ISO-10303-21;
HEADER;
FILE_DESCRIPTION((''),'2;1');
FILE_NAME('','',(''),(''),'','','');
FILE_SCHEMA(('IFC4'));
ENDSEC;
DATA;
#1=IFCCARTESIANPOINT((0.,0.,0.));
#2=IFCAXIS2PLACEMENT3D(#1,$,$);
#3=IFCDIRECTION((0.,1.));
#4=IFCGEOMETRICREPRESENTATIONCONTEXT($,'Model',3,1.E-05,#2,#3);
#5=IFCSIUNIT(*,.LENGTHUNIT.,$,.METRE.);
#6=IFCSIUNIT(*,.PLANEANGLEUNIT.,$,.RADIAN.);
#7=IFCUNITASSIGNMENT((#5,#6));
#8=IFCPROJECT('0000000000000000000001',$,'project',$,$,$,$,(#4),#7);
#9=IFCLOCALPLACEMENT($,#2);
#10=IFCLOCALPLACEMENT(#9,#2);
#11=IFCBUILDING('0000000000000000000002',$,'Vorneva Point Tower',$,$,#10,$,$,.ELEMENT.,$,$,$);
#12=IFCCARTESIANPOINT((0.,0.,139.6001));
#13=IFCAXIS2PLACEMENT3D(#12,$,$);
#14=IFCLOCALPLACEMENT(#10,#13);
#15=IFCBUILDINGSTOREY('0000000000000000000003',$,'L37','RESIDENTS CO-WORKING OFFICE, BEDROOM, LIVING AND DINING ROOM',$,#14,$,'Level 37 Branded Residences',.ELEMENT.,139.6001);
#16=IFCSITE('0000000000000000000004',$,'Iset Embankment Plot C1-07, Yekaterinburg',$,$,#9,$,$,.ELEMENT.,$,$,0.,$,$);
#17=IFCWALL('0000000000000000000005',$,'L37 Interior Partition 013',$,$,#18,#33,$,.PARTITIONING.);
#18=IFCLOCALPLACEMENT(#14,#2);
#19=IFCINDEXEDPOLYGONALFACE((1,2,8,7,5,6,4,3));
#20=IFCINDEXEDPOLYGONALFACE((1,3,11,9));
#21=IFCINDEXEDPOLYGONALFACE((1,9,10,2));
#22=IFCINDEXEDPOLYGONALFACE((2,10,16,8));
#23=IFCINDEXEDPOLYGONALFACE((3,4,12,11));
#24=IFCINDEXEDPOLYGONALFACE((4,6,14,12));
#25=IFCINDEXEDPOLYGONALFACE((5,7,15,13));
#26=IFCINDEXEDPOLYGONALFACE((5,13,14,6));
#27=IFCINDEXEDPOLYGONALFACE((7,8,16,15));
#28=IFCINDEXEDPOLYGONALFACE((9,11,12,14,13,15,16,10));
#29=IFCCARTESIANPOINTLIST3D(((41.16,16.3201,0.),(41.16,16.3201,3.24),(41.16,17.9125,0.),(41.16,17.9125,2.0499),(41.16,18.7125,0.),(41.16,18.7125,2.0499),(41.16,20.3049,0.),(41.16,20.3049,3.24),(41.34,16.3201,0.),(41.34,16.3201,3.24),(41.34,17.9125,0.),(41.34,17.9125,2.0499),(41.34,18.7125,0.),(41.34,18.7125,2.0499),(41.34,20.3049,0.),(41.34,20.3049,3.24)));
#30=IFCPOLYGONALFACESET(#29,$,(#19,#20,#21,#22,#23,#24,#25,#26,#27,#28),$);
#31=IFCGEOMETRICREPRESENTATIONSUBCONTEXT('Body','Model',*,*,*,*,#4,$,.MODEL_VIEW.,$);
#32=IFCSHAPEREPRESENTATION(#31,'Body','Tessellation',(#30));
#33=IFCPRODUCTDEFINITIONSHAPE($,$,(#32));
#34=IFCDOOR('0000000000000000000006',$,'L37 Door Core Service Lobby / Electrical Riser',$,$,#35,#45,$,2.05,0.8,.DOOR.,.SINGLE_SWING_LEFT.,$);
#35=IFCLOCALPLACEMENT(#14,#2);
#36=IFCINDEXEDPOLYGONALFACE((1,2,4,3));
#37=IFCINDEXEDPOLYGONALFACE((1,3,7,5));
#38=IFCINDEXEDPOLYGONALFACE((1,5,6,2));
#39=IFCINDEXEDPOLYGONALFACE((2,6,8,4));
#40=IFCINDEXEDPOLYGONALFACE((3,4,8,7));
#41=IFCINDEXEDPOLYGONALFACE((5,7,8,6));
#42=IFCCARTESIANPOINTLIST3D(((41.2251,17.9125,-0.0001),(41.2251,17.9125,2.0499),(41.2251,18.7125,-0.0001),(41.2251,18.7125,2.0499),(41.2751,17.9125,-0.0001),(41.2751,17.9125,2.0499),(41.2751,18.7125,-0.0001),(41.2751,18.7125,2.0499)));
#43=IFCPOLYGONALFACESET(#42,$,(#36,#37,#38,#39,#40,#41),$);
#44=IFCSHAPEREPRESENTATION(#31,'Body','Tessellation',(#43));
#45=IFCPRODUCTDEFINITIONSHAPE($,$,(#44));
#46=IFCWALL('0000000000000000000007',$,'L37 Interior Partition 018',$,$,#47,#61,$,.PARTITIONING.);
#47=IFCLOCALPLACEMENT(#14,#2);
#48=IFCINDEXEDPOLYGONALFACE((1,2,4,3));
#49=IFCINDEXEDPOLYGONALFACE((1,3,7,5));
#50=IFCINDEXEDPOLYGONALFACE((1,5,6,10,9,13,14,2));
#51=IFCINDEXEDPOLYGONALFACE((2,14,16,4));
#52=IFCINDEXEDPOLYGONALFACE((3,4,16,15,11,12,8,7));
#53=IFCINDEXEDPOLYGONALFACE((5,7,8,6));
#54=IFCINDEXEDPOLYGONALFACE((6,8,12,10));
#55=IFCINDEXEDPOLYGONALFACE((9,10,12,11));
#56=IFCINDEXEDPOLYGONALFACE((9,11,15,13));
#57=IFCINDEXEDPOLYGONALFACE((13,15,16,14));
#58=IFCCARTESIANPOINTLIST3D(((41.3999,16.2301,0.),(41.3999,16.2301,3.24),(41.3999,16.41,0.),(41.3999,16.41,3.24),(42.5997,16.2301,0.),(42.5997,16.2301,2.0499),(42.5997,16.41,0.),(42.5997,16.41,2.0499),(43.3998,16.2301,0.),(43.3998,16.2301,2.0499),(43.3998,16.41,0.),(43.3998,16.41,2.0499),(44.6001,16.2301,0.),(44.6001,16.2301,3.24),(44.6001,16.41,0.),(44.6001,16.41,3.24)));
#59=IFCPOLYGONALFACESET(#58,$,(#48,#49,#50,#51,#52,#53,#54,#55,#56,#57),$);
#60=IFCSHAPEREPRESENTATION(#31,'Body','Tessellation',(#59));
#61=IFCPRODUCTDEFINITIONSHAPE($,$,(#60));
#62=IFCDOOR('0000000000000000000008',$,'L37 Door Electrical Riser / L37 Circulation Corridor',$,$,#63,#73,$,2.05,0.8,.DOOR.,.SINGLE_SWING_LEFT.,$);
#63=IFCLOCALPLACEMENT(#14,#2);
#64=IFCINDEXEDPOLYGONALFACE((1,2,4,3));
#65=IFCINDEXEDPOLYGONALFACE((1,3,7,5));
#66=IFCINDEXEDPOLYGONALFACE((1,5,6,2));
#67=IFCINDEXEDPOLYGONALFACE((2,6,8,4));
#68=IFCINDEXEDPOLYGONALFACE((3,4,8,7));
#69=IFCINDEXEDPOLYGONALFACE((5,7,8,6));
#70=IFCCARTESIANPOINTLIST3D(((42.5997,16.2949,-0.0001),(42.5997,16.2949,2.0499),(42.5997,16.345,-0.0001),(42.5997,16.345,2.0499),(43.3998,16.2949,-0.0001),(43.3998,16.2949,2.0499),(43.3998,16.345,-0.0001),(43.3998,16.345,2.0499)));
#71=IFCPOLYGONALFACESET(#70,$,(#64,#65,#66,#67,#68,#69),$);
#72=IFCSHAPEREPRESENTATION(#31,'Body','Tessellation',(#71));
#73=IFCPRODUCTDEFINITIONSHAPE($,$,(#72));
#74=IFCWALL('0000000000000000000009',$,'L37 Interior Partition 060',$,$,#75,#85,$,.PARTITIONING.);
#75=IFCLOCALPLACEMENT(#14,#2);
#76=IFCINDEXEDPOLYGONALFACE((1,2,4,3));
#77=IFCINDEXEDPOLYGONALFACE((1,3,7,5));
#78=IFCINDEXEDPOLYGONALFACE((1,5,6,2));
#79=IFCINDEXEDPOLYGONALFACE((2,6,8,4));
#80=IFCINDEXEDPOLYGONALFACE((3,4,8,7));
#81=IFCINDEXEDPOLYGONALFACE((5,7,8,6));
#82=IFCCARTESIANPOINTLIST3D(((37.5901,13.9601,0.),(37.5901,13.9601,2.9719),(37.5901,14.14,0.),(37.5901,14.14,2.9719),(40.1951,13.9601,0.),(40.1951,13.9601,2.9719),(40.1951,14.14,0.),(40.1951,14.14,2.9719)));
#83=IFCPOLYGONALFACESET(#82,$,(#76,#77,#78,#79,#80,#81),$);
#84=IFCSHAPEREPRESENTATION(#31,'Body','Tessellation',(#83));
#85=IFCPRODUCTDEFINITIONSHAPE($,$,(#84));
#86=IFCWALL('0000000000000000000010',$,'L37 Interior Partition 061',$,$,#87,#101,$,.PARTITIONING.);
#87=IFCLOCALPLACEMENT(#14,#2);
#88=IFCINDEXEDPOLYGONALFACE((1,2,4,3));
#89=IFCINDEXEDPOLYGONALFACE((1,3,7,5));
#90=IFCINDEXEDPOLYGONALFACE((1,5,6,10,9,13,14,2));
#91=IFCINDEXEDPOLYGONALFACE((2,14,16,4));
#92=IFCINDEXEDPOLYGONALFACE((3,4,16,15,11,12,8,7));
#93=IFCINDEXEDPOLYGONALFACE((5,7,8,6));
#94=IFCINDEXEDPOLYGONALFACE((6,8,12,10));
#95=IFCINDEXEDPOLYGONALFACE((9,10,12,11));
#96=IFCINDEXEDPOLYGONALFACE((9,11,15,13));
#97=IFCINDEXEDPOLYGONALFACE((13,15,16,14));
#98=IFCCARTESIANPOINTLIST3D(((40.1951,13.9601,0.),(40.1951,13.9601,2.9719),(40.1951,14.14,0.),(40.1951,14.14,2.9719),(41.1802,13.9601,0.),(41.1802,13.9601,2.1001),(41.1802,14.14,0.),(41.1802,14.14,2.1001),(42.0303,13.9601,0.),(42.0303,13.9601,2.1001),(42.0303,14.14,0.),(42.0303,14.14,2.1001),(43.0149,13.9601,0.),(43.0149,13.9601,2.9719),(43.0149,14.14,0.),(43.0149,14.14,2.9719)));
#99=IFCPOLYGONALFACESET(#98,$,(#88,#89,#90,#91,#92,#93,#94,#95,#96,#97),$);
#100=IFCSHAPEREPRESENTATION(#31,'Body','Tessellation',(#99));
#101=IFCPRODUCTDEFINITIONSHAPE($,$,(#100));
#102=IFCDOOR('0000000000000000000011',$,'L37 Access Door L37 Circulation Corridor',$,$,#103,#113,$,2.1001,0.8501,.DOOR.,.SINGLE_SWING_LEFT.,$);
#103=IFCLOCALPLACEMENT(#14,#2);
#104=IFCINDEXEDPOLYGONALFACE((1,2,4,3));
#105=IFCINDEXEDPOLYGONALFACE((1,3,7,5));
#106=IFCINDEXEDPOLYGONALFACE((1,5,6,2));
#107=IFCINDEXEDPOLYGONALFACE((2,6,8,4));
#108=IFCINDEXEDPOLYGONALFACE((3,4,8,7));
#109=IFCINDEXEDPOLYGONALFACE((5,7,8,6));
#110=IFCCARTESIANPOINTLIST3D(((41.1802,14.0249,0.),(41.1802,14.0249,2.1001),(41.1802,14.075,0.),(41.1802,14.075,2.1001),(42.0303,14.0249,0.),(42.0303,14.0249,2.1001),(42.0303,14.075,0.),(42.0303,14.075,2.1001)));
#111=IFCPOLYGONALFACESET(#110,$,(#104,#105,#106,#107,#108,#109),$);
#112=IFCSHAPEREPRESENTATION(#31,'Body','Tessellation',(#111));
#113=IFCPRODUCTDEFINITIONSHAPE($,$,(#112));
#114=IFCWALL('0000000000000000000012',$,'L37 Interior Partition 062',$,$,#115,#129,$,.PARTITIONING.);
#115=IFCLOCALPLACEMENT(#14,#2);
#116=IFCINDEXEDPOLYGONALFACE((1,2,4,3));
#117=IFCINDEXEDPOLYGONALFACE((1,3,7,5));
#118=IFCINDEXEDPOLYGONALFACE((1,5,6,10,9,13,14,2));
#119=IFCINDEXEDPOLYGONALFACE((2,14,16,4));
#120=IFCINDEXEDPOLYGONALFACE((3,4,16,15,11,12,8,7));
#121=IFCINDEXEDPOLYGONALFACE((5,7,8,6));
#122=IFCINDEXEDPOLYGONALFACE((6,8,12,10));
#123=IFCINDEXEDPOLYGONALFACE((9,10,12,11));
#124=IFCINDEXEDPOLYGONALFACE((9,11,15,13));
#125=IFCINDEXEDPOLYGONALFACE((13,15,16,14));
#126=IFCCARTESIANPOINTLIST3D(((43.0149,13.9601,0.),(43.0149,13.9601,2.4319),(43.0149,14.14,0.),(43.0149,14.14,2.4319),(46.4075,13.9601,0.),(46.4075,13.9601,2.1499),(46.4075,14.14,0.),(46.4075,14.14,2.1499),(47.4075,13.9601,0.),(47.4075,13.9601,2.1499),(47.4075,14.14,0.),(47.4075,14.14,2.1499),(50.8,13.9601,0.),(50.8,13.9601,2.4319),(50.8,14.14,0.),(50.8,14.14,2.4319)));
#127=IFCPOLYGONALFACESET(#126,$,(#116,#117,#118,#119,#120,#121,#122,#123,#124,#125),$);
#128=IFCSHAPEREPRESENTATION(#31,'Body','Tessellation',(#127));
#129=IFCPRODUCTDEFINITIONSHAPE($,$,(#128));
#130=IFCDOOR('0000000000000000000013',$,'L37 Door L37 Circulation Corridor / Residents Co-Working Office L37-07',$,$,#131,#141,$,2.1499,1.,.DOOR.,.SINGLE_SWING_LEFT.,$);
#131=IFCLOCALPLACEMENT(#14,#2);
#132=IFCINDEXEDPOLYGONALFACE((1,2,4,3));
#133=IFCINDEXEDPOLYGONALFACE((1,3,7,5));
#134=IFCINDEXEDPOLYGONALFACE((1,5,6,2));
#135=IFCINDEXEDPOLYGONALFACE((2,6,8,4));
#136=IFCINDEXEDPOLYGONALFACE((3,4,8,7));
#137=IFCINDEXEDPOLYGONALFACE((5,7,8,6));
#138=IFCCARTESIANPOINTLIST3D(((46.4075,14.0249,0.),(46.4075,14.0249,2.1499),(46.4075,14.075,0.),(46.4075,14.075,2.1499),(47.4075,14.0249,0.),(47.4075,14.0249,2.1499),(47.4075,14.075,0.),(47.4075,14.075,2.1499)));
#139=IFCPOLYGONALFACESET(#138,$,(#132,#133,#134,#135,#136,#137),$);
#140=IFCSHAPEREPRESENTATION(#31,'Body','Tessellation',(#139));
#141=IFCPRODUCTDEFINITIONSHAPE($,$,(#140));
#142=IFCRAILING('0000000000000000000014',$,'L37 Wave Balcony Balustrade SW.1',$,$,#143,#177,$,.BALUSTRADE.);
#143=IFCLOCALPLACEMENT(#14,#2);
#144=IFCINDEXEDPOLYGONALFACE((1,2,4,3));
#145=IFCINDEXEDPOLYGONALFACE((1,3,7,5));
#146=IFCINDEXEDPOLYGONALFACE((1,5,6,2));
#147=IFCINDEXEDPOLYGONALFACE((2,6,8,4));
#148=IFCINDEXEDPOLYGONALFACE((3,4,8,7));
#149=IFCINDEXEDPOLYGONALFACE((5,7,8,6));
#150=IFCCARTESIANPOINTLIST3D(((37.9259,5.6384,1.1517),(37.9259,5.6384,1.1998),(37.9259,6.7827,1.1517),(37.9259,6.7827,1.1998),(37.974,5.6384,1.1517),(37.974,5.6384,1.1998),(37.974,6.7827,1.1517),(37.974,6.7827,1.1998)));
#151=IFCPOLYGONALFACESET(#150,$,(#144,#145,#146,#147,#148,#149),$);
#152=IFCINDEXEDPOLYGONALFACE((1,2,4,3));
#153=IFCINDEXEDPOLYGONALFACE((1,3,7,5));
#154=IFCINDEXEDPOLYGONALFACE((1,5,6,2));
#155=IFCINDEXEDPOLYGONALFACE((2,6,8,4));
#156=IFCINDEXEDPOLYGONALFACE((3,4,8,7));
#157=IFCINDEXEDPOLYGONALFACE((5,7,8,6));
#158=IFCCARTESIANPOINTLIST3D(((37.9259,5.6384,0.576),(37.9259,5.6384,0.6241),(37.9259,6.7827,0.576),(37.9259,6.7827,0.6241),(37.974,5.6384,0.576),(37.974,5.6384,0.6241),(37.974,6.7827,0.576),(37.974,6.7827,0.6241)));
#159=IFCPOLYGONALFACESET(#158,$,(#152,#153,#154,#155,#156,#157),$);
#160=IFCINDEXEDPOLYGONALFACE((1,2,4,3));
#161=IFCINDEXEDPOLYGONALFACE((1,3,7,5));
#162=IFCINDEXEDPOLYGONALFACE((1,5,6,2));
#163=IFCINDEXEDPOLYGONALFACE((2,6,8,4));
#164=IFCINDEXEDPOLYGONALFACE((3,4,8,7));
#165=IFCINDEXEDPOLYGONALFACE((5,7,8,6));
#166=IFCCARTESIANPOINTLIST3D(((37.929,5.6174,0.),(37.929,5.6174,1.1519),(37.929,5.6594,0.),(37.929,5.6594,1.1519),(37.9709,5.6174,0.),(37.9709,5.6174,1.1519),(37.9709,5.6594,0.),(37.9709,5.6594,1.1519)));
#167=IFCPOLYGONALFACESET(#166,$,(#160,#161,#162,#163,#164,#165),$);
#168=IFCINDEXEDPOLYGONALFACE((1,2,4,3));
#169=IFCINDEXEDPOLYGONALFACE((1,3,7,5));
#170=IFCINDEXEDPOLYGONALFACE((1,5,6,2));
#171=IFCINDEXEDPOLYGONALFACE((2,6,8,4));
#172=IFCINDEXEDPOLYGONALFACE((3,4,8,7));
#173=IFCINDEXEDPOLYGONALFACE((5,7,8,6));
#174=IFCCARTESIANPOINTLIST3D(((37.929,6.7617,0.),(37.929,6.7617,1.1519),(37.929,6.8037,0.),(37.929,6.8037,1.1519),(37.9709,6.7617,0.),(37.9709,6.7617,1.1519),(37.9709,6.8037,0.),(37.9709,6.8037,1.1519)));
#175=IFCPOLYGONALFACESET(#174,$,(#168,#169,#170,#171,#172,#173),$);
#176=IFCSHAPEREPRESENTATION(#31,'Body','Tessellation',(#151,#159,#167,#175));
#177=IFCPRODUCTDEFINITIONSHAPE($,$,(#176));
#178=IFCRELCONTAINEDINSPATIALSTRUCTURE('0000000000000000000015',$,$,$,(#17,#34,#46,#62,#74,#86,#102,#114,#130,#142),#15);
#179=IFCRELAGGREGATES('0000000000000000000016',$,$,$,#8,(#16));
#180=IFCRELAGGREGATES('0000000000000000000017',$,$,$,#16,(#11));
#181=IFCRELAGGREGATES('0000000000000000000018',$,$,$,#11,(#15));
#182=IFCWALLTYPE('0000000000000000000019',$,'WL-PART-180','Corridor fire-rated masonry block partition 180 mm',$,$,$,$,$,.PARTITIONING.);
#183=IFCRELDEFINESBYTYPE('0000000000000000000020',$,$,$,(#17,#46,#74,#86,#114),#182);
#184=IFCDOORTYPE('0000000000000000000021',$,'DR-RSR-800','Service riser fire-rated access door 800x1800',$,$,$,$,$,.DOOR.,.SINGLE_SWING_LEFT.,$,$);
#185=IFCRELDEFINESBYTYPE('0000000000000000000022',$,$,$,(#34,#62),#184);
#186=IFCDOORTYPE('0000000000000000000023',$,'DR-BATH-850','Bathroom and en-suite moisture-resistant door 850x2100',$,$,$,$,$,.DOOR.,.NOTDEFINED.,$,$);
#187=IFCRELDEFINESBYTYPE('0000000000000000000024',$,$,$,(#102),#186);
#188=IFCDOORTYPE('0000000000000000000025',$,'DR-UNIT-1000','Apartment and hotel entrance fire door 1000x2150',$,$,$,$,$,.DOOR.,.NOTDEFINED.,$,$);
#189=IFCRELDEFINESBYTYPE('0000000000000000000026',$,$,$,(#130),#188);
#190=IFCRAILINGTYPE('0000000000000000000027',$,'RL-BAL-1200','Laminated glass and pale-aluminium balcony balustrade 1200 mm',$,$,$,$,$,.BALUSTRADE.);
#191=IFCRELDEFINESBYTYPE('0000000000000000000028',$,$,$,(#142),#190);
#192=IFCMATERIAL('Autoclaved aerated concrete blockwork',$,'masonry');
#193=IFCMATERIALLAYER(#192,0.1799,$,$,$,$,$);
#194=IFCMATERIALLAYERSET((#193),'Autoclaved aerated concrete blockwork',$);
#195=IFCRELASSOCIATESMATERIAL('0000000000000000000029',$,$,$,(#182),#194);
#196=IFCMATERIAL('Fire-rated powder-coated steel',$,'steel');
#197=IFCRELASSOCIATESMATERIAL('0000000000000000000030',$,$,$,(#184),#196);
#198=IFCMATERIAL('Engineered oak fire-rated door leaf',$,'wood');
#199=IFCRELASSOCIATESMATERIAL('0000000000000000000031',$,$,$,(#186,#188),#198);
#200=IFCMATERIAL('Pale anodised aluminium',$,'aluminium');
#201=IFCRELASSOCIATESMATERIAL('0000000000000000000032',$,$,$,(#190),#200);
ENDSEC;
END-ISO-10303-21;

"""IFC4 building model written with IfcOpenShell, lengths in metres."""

from ifc_helpers import new_model, si_unit, direction, frame, frame_2d, origin, origin_2d, place, context, subcontext, project, spatial, rectangle, extrude, material, layer, layer_set, type_object, element, fill, save


model = new_model("IFC4")

# Units and contexts
model_context = context("Model", 3, precision=1e-05, world=origin(), true_north=direction((0.0, 1.0)))
body_context = subcontext(model_context, "Body", "Model", "MODEL_VIEW")
ifc_project = project(units=[si_unit("LENGTHUNIT", "METRE"), si_unit("PLANEANGLEUNIT", "RADIAN")], contexts=[model_context])

# Site, building, storey
site_placement = place(None, origin())
site = spatial("IfcSite", under=ifc_project, at=site_placement, Name="Iset Embankment Plot C1-07, Yekaterinburg", CompositionType="ELEMENT", RefElevation=0.0)
building_placement = place(site_placement, origin())
building = spatial("IfcBuilding", under=site, at=building_placement, Name="Vorneva Point Tower", CompositionType="ELEMENT")
storey_placement = place(building_placement, frame((0.0, 0.0, 139.6001)))
storey = spatial("IfcBuildingStorey", under=building, at=storey_placement, Name="L37", Description="RESIDENTS CO-WORKING OFFICE, BEDROOM, LIVING AND DINING ROOM", LongName="Level 37 Branded Residences", CompositionType="ELEMENT", Elevation=139.6001)

# Shared definitions
ifc_material_1 = material(Name="Pale anodised aluminium", Category="aluminium")

# Shared definitions
ifc_material_2 = material(Name="Engineered oak fire-rated door leaf", Category="wood")

# Walls, openings, doors
ifc_material_3 = material(Name="Autoclaved aerated concrete blockwork", Category="masonry")
ifc_layer_1 = layer(ifc_material_3, 0.1799)
ifc_layer_set_1 = layer_set([ifc_layer_1], Name="Autoclaved aerated concrete blockwork")
wall_type_1 = type_object("IfcWallType", Name="WL-PART-180", Description="Corridor fire-rated masonry block partition 180 mm", PredefinedType="PARTITIONING", material=ifc_layer_set_1)
wall_1_placement = place(storey_placement, frame((41.25, 16.3201, 0.0), z_axis=(0.0, 0.0, 1.0), x_axis=(0.0, 1.0, 0.0)))
wall_1 = element("IfcWall", 1, at=wall_1_placement, inside=storey, type_object=wall_type_1, Name="L37 Interior Partition 013", PredefinedType="PARTITIONING", context=body_context, shape_type="SweptSolid", body=[
    extrude(rectangle(XDim=3.9849, YDim=0.1799, at=frame_2d((1.9924, 0.0))), origin(), (0.0, 0.0, 1.0), 3.24),
])
opening_1_placement = place(wall_1_placement, frame((1.5925, 0.0, 0.0)))
opening_1 = element("IfcOpeningElement", 2, at=opening_1_placement, cuts=wall_1, PredefinedType="OPENING", context=body_context, shape_type="SweptSolid", body=[
    extrude(rectangle(XDim=0.8, YDim=2.05, at=frame_2d((0.3999, 1.0249))), frame((0.0, 0.105, 0.0), z_axis=(0.0, -1.0, 0.0), x_axis=(1.0, 0.0, 0.0)), (0.0, 0.0, 1.0), 0.2097),
])
ifc_material_4 = material(Name="Fire-rated powder-coated steel", Category="steel")
door_type_1 = type_object("IfcDoorType", Name="DR-RSR-800", Description="Service riser fire-rated access door 800x1800", OperationType="SINGLE_SWING_LEFT", PredefinedType="DOOR", material=ifc_material_4)
door_1_placement = place(opening_1_placement, origin())
door_1 = element("IfcDoor", 3, at=door_1_placement, inside=storey, type_object=door_type_1, Name="L37 Door Core Service Lobby / Electrical Riser", OperationType="SINGLE_SWING_LEFT", OverallHeight=2.05, OverallWidth=0.8, PredefinedType="DOOR", context=body_context, shape_type="SweptSolid", body=[
    extrude(rectangle(XDim=0.8, YDim=2.05, at=frame_2d((0.3999, 1.0249))), frame((0.0, 0.0249, 0.0), z_axis=(0.0, -1.0, 0.0), x_axis=(1.0, 0.0, 0.0)), (0.0, 0.0, 1.0), 0.05),
])
fill(opening_1, door_1)
wall_2_placement = place(storey_placement, frame((41.3999, 16.3201, 0.0), z_axis=(0.0, 0.0, 1.0), x_axis=(1.0, 0.0, 0.0)))
wall_2 = element("IfcWall", 4, at=wall_2_placement, inside=storey, type_object=wall_type_1, Name="L37 Interior Partition 018", PredefinedType="PARTITIONING", context=body_context, shape_type="SweptSolid", body=[
    extrude(rectangle(XDim=3.2002, YDim=0.1799, at=frame_2d((1.6001, 0.0))), origin(), (0.0, 0.0, 1.0), 3.24),
])
opening_2_placement = place(wall_2_placement, frame((1.2, 0.0, 0.0)))
opening_2 = element("IfcOpeningElement", 5, at=opening_2_placement, cuts=wall_2, PredefinedType="OPENING", context=body_context, shape_type="SweptSolid", body=[
    extrude(rectangle(XDim=0.8, YDim=2.05, at=frame_2d((0.3999, 1.0249))), frame((0.0, 0.105, 0.0), z_axis=(0.0, -1.0, 0.0), x_axis=(1.0, 0.0, 0.0)), (0.0, 0.0, 1.0), 0.2097),
])
door_2_placement = place(opening_2_placement, origin())
door_2 = element("IfcDoor", 6, at=door_2_placement, inside=storey, type_object=door_type_1, Name="L37 Door Electrical Riser / L37 Circulation Corridor", OperationType="SINGLE_SWING_LEFT", OverallHeight=2.05, OverallWidth=0.8, PredefinedType="DOOR", context=body_context, shape_type="SweptSolid", body=[
    extrude(rectangle(XDim=0.8, YDim=2.05, at=frame_2d((0.3999, 1.0249))), frame((0.0, 0.0249, 0.0), z_axis=(0.0, -1.0, 0.0), x_axis=(1.0, 0.0, 0.0)), (0.0, 0.0, 1.0), 0.05),
])
fill(opening_2, door_2)

# Wall
wall_3_placement = place(storey_placement, frame((37.5901, 14.05, 0.0), z_axis=(0.0, 0.0, 1.0), x_axis=(1.0, 0.0, 0.0)))
element("IfcWall", 7, at=wall_3_placement, inside=storey, type_object=wall_type_1, Name="L37 Interior Partition 060", PredefinedType="PARTITIONING", context=body_context, shape_type="SweptSolid", body=[
    extrude(rectangle(XDim=2.605, YDim=0.1799, at=frame_2d((1.3025, 0.0))), origin(), (0.0, 0.0, 1.0), 2.9719),
])

# Walls, openings, doors
wall_4_placement = place(storey_placement, frame((40.1951, 14.05, 0.0), z_axis=(0.0, 0.0, 1.0), x_axis=(1.0, 0.0, 0.0)))
wall_4 = element("IfcWall", 8, at=wall_4_placement, inside=storey, type_object=wall_type_1, Name="L37 Interior Partition 061", PredefinedType="PARTITIONING", context=body_context, shape_type="SweptSolid", body=[
    extrude(rectangle(XDim=2.8198, YDim=0.1799, at=frame_2d((1.4099, 0.0))), origin(), (0.0, 0.0, 1.0), 2.9719),
])
opening_3_placement = place(wall_4_placement, frame((0.9851, 0.0, 0.0)))
opening_3 = element("IfcOpeningElement", 9, at=opening_3_placement, cuts=wall_4, PredefinedType="OPENING", context=body_context, shape_type="SweptSolid", body=[
    extrude(rectangle(XDim=0.8501, YDim=2.1001, at=frame_2d((0.425, 1.05))), frame((0.0, 0.105, 0.0), z_axis=(0.0, -1.0, 0.0), x_axis=(1.0, 0.0, 0.0)), (0.0, 0.0, 1.0), 0.2097),
])
door_type_2 = type_object("IfcDoorType", Name="DR-BATH-850", Description="Bathroom and en-suite moisture-resistant door 850x2100", OperationType="NOTDEFINED", PredefinedType="DOOR", material=ifc_material_2)
door_3_placement = place(opening_3_placement, origin())
door_3 = element("IfcDoor", 10, at=door_3_placement, inside=storey, type_object=door_type_2, Name="L37 Access Door L37 Circulation Corridor", OperationType="SINGLE_SWING_LEFT", OverallHeight=2.1001, OverallWidth=0.8501, PredefinedType="DOOR", context=body_context, shape_type="SweptSolid", body=[
    extrude(rectangle(XDim=0.8501, YDim=2.1001, at=frame_2d((0.425, 1.05))), frame((0.0, 0.0249, 0.0), z_axis=(0.0, -1.0, 0.0), x_axis=(1.0, 0.0, 0.0)), (0.0, 0.0, 1.0), 0.05),
])
fill(opening_3, door_3)
wall_5_placement = place(storey_placement, frame((43.0149, 14.05, 0.0), z_axis=(0.0, 0.0, 1.0), x_axis=(1.0, 0.0, 0.0)))
wall_5 = element("IfcWall", 11, at=wall_5_placement, inside=storey, type_object=wall_type_1, Name="L37 Interior Partition 062", PredefinedType="PARTITIONING", context=body_context, shape_type="SweptSolid", body=[
    extrude(rectangle(XDim=7.7852, YDim=0.1799, at=frame_2d((3.8926, 0.0))), origin(), (0.0, 0.0, 1.0), 2.4319),
])
opening_4_placement = place(wall_5_placement, frame((3.3926, 0.0, 0.0)))
opening_4 = element("IfcOpeningElement", 12, at=opening_4_placement, cuts=wall_5, PredefinedType="OPENING", context=body_context, shape_type="SweptSolid", body=[
    extrude(rectangle(XDim=1.0, YDim=2.1499, at=frame_2d((0.5, 1.075))), frame((0.0, 0.105, 0.0), z_axis=(0.0, -1.0, 0.0), x_axis=(1.0, 0.0, 0.0)), (0.0, 0.0, 1.0), 0.2097),
])
door_type_3 = type_object("IfcDoorType", Name="DR-UNIT-1000", Description="Apartment and hotel entrance fire door 1000x2150", OperationType="NOTDEFINED", PredefinedType="DOOR", material=ifc_material_2)
door_4_placement = place(opening_4_placement, origin())
door_4 = element("IfcDoor", 13, at=door_4_placement, inside=storey, type_object=door_type_3, Name="L37 Door L37 Circulation Corridor / Residents Co-Working Office L37-07", OperationType="SINGLE_SWING_LEFT", OverallHeight=2.1499, OverallWidth=1.0, PredefinedType="DOOR", context=body_context, shape_type="SweptSolid", body=[
    extrude(rectangle(XDim=1.0, YDim=2.1499, at=frame_2d((0.5, 1.075))), frame((0.0, 0.0249, 0.0), z_axis=(0.0, -1.0, 0.0), x_axis=(1.0, 0.0, 0.0)), (0.0, 0.0, 1.0), 0.05),
])
fill(opening_4, door_4)

# Railing
railing_type = type_object("IfcRailingType", Name="RL-BAL-1200", Description="Laminated glass and pale-aluminium balcony balustrade 1200 mm", PredefinedType="BALUSTRADE", material=ifc_material_1)
railing_placement = place(storey_placement, frame((37.95, 5.6384, 0.0)))
element("IfcRailing", 14, at=railing_placement, inside=storey, type_object=railing_type, Name="L37 Wave Balcony Balustrade SW.1", PredefinedType="BALUSTRADE", context=body_context, shape_type="SweptSolid", body=[
    extrude(rectangle(XDim=0.0481, YDim=0.0481, at=origin_2d()), frame((0.0, 0.0, 1.1758), z_axis=(0.0, 1.0, 0.0), x_axis=(-1.0, 0.0, 0.0)), (0.0, 0.0, 1.0), 1.1443),
    extrude(rectangle(XDim=0.0481, YDim=0.0481, at=origin_2d()), frame((0.0, 0.0, 0.6001), z_axis=(0.0, 1.0, 0.0), x_axis=(-1.0, 0.0, 0.0)), (0.0, 0.0, 1.0), 1.1443),
    extrude(rectangle(XDim=0.042, YDim=0.042, at=origin_2d()), origin(), (0.0, 0.0, 1.0), 1.1519),
    extrude(rectangle(XDim=0.042, YDim=0.042, at=origin_2d()), frame((0.0, 1.1443, 0.0)), (0.0, 0.0, 1.0), 1.1519),
])

save(model, "model.ifc")
